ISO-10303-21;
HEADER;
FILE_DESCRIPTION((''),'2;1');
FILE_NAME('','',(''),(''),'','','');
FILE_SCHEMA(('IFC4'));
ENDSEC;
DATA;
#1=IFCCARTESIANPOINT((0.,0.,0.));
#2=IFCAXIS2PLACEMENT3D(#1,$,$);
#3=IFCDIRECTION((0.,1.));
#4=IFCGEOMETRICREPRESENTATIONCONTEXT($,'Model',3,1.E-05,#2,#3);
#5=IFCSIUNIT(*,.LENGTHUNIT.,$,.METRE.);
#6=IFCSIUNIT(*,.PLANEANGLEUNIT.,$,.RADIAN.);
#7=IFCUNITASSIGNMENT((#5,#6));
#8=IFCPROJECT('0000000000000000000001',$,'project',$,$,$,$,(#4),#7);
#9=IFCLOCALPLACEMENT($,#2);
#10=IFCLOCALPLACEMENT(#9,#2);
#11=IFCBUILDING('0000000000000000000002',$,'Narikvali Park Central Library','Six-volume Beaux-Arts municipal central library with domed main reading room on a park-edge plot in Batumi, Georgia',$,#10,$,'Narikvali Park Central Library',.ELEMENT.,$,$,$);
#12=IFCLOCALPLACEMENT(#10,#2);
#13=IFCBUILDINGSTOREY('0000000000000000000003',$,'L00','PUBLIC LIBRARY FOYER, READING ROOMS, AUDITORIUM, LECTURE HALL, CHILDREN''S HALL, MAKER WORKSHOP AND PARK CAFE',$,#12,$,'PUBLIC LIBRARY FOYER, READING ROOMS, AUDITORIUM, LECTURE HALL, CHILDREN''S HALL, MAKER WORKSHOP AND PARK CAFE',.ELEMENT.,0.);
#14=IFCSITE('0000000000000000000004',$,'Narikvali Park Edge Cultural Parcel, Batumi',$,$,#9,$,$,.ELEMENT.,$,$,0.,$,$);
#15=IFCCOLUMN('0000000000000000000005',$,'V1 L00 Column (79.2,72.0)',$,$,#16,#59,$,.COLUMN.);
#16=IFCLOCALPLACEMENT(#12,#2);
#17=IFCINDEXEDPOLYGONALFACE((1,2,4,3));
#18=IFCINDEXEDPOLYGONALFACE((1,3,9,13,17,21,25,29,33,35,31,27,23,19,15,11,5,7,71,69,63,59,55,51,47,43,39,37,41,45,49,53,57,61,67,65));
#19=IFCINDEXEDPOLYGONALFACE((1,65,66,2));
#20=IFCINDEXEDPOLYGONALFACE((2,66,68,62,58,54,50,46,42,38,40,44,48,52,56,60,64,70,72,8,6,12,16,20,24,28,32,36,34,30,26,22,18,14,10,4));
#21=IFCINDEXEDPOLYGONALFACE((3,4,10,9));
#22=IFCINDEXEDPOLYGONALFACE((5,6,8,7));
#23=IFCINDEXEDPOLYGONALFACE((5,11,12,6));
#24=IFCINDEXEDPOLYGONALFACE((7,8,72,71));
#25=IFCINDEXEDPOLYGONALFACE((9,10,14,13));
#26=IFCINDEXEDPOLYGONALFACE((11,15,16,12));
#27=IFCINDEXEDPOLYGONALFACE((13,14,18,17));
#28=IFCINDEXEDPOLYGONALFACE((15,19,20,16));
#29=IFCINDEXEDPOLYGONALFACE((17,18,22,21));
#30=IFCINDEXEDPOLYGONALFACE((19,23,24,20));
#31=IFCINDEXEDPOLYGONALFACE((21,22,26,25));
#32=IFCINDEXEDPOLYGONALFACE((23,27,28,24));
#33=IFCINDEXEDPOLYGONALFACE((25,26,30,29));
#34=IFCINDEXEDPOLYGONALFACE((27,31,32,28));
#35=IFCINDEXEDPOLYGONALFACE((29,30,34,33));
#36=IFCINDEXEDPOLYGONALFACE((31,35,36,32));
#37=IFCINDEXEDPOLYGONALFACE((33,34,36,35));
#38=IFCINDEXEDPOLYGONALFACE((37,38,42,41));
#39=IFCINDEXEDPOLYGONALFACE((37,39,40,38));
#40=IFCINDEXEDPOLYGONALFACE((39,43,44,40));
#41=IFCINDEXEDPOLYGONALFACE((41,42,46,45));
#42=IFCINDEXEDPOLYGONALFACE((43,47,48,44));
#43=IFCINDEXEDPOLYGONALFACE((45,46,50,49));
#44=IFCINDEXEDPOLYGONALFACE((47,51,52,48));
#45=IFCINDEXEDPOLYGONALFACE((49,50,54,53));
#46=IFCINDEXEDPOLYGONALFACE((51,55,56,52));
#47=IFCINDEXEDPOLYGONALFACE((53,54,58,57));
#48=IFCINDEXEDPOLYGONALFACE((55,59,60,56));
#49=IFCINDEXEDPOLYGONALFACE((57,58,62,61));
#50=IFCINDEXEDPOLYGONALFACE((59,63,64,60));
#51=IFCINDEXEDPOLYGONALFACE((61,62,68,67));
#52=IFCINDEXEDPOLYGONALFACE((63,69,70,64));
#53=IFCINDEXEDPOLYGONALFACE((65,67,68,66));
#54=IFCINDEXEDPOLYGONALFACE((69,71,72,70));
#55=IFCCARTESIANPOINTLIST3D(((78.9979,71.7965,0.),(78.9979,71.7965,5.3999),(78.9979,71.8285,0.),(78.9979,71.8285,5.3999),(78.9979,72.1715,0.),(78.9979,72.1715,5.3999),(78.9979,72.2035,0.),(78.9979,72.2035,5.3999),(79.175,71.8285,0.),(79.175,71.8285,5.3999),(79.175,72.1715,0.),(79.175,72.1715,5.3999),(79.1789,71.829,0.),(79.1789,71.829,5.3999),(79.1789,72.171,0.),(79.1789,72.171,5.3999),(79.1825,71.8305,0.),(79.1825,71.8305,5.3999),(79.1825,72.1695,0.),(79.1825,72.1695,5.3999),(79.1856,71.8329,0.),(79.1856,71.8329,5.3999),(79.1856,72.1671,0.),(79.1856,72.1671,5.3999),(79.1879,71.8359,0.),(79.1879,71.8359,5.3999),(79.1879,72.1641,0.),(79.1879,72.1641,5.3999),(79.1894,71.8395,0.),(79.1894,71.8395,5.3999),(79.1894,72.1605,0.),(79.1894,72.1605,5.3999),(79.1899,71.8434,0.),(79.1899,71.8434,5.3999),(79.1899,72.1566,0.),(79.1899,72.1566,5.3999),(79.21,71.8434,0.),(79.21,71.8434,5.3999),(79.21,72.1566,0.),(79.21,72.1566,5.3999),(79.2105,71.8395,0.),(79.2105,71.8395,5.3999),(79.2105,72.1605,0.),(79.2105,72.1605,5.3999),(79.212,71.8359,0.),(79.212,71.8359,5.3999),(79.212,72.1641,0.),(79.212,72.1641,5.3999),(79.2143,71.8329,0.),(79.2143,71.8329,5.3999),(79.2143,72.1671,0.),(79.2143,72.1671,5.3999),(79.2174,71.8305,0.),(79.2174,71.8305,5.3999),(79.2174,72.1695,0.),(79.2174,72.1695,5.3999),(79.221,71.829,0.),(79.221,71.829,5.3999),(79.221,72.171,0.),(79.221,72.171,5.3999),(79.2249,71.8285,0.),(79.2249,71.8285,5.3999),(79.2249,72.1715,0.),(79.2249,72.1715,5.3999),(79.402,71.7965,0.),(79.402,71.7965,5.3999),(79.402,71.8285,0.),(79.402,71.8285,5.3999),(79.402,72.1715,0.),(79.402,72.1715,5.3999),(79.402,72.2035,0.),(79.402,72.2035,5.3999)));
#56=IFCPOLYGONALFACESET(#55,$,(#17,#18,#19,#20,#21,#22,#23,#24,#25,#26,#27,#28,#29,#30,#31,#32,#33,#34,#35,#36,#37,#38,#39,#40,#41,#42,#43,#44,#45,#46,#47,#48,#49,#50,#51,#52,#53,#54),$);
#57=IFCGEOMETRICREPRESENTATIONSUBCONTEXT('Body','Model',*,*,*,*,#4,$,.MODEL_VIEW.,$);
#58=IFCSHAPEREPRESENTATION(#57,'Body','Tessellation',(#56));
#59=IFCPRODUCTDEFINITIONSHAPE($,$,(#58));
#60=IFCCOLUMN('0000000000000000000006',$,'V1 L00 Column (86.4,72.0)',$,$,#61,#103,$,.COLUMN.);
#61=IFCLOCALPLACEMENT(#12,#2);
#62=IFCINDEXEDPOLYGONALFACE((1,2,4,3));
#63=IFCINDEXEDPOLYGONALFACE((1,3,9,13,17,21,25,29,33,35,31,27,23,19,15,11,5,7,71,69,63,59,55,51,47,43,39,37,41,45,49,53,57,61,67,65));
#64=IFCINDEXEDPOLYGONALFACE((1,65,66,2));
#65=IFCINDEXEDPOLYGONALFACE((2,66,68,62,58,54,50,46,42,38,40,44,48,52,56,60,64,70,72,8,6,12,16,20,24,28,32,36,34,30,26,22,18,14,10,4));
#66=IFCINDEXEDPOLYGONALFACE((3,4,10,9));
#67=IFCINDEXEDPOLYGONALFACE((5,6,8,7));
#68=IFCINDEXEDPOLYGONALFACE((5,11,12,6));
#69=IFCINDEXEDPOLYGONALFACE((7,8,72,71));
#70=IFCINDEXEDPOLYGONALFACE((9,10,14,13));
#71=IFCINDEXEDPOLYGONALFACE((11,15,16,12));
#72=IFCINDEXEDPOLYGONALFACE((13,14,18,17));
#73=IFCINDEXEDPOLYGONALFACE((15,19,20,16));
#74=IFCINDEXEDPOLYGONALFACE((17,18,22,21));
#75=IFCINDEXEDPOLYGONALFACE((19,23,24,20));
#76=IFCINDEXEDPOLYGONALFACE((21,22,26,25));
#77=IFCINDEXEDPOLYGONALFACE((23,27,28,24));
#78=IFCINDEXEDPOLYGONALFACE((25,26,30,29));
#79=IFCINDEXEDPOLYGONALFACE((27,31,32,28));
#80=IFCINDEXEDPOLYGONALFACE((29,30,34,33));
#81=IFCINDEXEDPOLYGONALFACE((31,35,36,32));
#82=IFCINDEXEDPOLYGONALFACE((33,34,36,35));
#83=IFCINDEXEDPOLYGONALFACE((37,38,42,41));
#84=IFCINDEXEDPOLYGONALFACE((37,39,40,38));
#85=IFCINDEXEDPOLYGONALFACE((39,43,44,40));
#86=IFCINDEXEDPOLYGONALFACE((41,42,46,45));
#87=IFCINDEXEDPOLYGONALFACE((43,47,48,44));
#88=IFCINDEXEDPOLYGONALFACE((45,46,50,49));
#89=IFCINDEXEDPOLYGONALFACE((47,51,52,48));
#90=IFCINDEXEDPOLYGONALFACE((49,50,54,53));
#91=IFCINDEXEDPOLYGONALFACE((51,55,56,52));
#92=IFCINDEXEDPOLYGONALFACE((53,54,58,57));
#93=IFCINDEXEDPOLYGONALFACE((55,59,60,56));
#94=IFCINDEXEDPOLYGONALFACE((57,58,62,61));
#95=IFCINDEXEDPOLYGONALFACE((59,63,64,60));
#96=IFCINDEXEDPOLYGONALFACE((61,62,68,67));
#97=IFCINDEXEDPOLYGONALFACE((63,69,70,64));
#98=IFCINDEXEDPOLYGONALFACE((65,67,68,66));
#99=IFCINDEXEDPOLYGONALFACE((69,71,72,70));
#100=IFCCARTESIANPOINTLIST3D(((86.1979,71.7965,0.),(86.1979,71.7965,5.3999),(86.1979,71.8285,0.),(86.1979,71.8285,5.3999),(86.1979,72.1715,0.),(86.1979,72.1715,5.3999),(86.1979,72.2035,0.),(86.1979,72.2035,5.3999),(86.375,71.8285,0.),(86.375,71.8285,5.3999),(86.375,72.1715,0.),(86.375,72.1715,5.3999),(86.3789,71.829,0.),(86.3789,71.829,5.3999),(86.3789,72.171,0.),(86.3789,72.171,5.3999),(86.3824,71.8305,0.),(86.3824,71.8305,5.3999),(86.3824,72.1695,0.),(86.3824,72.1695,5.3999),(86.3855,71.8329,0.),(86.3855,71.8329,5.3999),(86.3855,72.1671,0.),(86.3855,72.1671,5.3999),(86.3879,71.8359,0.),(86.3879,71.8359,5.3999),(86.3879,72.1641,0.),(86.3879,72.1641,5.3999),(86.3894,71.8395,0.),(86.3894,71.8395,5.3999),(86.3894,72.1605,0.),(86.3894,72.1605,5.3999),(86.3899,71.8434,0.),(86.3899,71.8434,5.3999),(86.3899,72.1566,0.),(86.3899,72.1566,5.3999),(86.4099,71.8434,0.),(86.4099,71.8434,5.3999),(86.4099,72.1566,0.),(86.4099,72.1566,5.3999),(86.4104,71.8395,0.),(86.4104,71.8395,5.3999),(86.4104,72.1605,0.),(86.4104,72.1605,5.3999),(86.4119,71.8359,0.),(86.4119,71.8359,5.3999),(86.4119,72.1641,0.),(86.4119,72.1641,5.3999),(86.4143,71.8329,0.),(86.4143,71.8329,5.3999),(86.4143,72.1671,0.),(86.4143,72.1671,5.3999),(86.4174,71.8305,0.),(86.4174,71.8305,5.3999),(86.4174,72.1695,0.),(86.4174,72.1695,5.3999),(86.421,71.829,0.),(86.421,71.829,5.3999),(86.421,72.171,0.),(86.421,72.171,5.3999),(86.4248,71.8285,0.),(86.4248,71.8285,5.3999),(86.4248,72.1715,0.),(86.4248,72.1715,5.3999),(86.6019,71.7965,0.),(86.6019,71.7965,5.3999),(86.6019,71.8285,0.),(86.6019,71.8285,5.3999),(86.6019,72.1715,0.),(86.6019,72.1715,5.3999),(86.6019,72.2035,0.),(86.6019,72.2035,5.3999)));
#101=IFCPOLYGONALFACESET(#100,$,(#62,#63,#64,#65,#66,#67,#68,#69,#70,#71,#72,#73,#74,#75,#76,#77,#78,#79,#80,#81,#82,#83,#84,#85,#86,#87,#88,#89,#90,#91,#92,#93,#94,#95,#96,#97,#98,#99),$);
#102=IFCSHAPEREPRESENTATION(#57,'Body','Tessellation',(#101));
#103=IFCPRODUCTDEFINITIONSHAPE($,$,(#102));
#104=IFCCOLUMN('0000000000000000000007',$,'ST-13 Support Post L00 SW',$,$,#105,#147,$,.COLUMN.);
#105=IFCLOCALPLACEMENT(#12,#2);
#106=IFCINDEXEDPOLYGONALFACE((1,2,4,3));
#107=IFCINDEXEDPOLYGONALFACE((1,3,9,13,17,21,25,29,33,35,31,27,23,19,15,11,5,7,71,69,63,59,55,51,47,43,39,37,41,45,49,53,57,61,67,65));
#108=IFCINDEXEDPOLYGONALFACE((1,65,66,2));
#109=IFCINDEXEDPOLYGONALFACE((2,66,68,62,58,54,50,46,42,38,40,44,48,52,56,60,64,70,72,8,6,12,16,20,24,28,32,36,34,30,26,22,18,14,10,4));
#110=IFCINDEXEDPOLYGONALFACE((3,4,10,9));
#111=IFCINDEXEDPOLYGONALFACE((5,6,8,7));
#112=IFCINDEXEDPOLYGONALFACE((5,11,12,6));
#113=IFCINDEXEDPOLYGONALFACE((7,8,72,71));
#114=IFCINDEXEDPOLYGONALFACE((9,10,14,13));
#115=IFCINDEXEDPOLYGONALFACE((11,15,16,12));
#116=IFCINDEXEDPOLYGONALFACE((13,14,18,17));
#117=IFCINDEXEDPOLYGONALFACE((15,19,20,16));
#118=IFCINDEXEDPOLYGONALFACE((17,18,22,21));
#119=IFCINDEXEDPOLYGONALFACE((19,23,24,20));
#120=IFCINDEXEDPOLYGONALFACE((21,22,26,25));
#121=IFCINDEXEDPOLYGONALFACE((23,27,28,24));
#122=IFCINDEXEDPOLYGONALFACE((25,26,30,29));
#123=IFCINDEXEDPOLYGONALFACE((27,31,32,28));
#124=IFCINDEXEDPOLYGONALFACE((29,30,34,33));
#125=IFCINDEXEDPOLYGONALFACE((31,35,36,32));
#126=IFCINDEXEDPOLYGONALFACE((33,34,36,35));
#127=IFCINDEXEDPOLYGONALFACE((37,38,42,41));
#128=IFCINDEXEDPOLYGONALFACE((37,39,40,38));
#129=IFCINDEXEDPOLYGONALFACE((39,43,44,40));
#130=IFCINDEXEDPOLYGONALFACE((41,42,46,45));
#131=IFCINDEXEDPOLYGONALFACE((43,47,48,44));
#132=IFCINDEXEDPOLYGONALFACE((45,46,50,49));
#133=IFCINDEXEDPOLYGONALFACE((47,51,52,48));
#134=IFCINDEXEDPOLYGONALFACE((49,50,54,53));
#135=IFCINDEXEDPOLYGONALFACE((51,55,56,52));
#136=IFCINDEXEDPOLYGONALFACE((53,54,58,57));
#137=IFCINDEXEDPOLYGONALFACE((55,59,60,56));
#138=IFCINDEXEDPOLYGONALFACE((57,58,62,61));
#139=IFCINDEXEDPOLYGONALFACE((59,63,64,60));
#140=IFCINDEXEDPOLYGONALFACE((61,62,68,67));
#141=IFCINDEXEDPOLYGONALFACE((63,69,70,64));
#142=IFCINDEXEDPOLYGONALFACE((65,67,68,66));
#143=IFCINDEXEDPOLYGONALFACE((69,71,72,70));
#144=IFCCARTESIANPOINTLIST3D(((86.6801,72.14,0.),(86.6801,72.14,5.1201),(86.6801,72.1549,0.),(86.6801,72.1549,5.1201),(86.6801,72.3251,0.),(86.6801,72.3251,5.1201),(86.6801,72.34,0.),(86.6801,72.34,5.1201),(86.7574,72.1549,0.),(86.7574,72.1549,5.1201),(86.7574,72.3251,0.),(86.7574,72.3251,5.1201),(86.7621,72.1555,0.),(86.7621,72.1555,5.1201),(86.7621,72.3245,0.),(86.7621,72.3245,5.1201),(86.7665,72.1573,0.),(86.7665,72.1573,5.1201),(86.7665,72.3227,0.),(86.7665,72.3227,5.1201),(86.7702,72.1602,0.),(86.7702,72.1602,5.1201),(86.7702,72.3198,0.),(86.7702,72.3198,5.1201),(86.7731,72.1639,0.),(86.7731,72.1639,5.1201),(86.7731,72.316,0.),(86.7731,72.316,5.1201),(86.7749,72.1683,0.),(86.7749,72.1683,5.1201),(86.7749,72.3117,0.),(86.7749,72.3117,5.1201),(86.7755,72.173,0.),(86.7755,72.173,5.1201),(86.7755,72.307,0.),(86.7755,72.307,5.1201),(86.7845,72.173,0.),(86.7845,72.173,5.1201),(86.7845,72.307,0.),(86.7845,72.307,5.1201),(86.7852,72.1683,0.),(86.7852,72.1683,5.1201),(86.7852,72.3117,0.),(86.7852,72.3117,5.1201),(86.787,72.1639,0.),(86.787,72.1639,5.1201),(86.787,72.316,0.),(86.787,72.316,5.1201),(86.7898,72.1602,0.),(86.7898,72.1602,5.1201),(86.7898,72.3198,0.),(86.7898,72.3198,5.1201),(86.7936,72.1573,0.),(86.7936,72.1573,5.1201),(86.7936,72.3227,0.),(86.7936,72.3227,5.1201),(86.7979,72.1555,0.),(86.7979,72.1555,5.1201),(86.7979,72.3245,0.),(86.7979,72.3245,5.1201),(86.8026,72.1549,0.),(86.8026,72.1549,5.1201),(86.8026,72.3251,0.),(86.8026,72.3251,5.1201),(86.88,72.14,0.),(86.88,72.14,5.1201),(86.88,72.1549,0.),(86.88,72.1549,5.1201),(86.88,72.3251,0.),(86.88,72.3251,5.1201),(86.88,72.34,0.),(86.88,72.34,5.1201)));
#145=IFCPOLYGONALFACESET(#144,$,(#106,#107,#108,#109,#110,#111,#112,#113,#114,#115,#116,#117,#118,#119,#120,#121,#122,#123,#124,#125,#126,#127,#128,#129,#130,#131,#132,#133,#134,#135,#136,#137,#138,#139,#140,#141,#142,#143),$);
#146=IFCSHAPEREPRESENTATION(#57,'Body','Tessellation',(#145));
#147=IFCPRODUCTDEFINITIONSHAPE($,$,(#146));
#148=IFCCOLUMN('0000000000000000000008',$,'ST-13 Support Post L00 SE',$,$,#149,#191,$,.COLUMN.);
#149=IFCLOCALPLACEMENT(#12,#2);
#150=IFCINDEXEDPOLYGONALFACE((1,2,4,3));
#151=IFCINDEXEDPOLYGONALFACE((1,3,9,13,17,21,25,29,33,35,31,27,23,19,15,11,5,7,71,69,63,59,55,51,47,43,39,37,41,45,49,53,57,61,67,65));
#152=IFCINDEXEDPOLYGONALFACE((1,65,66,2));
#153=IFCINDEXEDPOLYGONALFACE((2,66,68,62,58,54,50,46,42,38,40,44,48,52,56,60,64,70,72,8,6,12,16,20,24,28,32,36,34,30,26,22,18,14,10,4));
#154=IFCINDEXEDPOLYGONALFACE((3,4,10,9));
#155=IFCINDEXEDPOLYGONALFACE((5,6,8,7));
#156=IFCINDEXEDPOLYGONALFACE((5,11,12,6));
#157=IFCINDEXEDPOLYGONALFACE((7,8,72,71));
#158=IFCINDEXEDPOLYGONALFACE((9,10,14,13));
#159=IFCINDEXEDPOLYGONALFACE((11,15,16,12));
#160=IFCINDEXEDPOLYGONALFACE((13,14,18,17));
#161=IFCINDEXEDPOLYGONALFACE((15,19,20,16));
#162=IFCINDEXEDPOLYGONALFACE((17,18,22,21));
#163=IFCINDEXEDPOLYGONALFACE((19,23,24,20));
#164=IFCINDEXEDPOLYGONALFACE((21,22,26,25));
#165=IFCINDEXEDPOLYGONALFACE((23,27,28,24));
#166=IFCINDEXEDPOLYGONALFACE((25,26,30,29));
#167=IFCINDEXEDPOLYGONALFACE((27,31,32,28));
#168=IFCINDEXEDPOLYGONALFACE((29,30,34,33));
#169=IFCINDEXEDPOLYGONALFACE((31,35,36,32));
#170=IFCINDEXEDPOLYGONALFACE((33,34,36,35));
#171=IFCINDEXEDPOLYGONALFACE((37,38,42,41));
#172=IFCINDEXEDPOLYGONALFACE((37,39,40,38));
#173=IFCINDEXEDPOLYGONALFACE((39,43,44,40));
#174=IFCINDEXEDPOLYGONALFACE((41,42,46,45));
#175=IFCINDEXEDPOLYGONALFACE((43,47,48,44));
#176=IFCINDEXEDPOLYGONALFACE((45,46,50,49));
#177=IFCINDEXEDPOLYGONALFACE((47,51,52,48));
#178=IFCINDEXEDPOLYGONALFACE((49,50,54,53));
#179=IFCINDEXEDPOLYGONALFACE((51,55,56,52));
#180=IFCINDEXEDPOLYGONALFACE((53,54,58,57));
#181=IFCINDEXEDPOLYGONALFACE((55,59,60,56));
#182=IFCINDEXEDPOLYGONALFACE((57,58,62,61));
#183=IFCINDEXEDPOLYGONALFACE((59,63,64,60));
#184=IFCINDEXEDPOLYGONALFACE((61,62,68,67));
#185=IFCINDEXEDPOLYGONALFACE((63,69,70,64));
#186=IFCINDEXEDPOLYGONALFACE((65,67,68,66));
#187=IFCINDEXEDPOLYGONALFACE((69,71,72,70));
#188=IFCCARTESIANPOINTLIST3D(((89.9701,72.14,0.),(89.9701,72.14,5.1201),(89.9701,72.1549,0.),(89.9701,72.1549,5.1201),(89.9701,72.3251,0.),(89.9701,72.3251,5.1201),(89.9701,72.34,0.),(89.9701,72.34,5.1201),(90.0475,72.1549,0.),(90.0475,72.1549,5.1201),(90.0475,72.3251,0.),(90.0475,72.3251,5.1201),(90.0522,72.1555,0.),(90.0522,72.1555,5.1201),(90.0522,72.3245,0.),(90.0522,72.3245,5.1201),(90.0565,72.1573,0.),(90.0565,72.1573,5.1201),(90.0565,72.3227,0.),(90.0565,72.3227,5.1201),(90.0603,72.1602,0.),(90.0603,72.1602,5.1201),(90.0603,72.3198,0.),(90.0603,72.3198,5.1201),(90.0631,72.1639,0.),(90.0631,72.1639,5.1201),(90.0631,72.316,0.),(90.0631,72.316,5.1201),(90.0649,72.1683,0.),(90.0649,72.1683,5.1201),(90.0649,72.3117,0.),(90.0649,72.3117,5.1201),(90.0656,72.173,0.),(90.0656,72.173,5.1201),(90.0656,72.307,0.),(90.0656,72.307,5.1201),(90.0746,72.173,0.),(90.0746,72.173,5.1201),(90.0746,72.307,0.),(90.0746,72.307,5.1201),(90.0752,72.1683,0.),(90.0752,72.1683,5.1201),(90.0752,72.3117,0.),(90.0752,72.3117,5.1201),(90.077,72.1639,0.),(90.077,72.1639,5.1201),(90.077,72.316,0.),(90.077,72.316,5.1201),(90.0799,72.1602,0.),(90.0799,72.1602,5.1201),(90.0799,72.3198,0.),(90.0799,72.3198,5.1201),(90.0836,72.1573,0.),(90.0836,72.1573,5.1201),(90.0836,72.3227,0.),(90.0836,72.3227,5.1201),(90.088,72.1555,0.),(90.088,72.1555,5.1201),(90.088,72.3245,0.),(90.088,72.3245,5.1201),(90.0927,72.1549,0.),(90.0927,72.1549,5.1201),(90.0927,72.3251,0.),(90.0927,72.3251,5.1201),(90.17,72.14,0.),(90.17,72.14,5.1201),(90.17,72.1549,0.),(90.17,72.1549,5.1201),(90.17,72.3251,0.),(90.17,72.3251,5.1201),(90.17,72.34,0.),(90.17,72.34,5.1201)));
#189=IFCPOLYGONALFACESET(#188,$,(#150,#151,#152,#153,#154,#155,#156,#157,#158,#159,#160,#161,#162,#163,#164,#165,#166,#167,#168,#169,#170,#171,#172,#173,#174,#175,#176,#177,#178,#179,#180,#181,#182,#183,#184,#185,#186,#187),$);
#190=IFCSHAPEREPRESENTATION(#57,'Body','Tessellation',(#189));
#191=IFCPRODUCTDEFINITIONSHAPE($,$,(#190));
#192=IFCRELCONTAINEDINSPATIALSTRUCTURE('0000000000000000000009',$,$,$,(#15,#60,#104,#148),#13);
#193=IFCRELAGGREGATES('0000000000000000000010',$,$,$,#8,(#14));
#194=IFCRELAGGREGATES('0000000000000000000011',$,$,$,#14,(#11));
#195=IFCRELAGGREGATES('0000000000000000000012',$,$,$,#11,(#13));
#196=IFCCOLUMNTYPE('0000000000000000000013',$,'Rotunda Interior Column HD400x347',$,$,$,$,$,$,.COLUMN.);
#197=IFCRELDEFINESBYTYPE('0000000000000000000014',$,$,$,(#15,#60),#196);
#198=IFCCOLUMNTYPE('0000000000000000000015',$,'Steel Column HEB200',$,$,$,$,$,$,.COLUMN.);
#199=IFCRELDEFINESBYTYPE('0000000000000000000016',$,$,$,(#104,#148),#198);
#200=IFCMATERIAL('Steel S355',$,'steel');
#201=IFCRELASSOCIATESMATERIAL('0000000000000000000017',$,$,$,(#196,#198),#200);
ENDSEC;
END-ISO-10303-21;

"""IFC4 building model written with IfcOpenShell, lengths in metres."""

from ifc_helpers import new_model, si_unit, direction, frame, origin, origin_2d, place, context, subcontext, project, spatial, i_section, extrude, material, material_profile, profile_set, type_object, element, save


model = new_model("IFC4")

# Units and contexts
model_context = context("Model", 3, precision=1e-05, world=origin(), true_north=direction((0.0, 1.0)))
body_context = subcontext(model_context, "Body", "Model", "MODEL_VIEW")
ifc_project = project(units=[si_unit("LENGTHUNIT", "METRE"), si_unit("PLANEANGLEUNIT", "RADIAN")], contexts=[model_context])

# Site, building, storey
site_placement = place(None, origin())
site = spatial("IfcSite", under=ifc_project, at=site_placement, Name="Narikvali Park Edge Cultural Parcel, Batumi", CompositionType="ELEMENT", RefElevation=0.0)
building_placement = place(site_placement, origin())
building = spatial("IfcBuilding", under=site, at=building_placement, Name="Narikvali Park Central Library", Description="Six-volume Beaux-Arts municipal central library with domed main reading room on a park-edge plot in Batumi, Georgia", LongName="Narikvali Park Central Library", CompositionType="ELEMENT")
storey_placement = place(building_placement, origin())
storey = spatial("IfcBuildingStorey", under=building, at=storey_placement, Name="L00", Description="PUBLIC LIBRARY FOYER, READING ROOMS, AUDITORIUM, LECTURE HALL, CHILDREN'S HALL, MAKER WORKSHOP AND PARK CAFE", LongName="PUBLIC LIBRARY FOYER, READING ROOMS, AUDITORIUM, LECTURE HALL, CHILDREN'S HALL, MAKER WORKSHOP AND PARK CAFE", CompositionType="ELEMENT", Elevation=0.0)

# Columns
ifc_material_1 = material(Name="Steel S355", Category="steel")
ifc_material_profile_1 = material_profile(ifc_material_1, i_section(OverallWidth=0.4041, OverallDepth=0.407, WebThickness=0.02, FlangeThickness=0.032, FilletRadius=0.0149, at=origin_2d()), Name="HD 400x347")
ifc_profile_set_1 = profile_set([ifc_material_profile_1], Name="Steel S355")
column_type_1 = type_object("IfcColumnType", Name="Rotunda Interior Column HD400x347", PredefinedType="COLUMN", material=ifc_profile_set_1)
for number, where, z_axis, x_axis, name in (
    (1, (79.2, 72.0, 0.0), (0.0, 0.0, 1.0), (1.0, 0.0, 0.0), "V1 L00 Column (79.2,72.0)"),
    (2, (86.3999, 72.0, 0.0), (0.0, 0.0, 1.0), (1.0, 0.0, 0.0), "V1 L00 Column (86.4,72.0)"),
):
    element("IfcColumn", number, at=place(storey_placement, frame(where, z_axis=z_axis, x_axis=x_axis)), inside=storey, type_object=column_type_1, Name=name, PredefinedType="COLUMN", context=body_context, shape_type="SweptSolid", body=[
        extrude(i_section(OverallWidth=0.4041, OverallDepth=0.407, WebThickness=0.02, FlangeThickness=0.032, FilletRadius=0.0149, at=origin_2d()), origin(), (0.0, 0.0, 1.0), 5.3999),
    ])
ifc_material_profile_2 = material_profile(ifc_material_1, i_section(OverallWidth=0.2, OverallDepth=0.2, WebThickness=0.009, FlangeThickness=0.0149, FilletRadius=0.0181, at=origin_2d()), Name="HEB 200")
ifc_profile_set_2 = profile_set([ifc_material_profile_2], Name="Steel S355")
column_type_2 = type_object("IfcColumnType", Name="Steel Column HEB200", PredefinedType="COLUMN", material=ifc_profile_set_2)
for number, where, z_axis, x_axis, name in (
    (3, (86.78, 72.24, 0.0), (0.0, 0.0, 1.0), (1.0, 0.0, 0.0), "ST-13 Support Post L00 SW"),
    (4, (90.0701, 72.24, 0.0), (0.0, 0.0, 1.0), (1.0, 0.0, 0.0), "ST-13 Support Post L00 SE"),
):
    element("IfcColumn", number, at=place(storey_placement, frame(where, z_axis=z_axis, x_axis=x_axis)), inside=storey, type_object=column_type_2, Name=name, PredefinedType="COLUMN", context=body_context, shape_type="SweptSolid", body=[
        extrude(i_section(OverallWidth=0.2, OverallDepth=0.2, WebThickness=0.009, FlangeThickness=0.0149, FilletRadius=0.0181, at=origin_2d()), origin(), (0.0, 0.0, 1.0), 5.1201),
    ])

save(model, "model.ifc")
